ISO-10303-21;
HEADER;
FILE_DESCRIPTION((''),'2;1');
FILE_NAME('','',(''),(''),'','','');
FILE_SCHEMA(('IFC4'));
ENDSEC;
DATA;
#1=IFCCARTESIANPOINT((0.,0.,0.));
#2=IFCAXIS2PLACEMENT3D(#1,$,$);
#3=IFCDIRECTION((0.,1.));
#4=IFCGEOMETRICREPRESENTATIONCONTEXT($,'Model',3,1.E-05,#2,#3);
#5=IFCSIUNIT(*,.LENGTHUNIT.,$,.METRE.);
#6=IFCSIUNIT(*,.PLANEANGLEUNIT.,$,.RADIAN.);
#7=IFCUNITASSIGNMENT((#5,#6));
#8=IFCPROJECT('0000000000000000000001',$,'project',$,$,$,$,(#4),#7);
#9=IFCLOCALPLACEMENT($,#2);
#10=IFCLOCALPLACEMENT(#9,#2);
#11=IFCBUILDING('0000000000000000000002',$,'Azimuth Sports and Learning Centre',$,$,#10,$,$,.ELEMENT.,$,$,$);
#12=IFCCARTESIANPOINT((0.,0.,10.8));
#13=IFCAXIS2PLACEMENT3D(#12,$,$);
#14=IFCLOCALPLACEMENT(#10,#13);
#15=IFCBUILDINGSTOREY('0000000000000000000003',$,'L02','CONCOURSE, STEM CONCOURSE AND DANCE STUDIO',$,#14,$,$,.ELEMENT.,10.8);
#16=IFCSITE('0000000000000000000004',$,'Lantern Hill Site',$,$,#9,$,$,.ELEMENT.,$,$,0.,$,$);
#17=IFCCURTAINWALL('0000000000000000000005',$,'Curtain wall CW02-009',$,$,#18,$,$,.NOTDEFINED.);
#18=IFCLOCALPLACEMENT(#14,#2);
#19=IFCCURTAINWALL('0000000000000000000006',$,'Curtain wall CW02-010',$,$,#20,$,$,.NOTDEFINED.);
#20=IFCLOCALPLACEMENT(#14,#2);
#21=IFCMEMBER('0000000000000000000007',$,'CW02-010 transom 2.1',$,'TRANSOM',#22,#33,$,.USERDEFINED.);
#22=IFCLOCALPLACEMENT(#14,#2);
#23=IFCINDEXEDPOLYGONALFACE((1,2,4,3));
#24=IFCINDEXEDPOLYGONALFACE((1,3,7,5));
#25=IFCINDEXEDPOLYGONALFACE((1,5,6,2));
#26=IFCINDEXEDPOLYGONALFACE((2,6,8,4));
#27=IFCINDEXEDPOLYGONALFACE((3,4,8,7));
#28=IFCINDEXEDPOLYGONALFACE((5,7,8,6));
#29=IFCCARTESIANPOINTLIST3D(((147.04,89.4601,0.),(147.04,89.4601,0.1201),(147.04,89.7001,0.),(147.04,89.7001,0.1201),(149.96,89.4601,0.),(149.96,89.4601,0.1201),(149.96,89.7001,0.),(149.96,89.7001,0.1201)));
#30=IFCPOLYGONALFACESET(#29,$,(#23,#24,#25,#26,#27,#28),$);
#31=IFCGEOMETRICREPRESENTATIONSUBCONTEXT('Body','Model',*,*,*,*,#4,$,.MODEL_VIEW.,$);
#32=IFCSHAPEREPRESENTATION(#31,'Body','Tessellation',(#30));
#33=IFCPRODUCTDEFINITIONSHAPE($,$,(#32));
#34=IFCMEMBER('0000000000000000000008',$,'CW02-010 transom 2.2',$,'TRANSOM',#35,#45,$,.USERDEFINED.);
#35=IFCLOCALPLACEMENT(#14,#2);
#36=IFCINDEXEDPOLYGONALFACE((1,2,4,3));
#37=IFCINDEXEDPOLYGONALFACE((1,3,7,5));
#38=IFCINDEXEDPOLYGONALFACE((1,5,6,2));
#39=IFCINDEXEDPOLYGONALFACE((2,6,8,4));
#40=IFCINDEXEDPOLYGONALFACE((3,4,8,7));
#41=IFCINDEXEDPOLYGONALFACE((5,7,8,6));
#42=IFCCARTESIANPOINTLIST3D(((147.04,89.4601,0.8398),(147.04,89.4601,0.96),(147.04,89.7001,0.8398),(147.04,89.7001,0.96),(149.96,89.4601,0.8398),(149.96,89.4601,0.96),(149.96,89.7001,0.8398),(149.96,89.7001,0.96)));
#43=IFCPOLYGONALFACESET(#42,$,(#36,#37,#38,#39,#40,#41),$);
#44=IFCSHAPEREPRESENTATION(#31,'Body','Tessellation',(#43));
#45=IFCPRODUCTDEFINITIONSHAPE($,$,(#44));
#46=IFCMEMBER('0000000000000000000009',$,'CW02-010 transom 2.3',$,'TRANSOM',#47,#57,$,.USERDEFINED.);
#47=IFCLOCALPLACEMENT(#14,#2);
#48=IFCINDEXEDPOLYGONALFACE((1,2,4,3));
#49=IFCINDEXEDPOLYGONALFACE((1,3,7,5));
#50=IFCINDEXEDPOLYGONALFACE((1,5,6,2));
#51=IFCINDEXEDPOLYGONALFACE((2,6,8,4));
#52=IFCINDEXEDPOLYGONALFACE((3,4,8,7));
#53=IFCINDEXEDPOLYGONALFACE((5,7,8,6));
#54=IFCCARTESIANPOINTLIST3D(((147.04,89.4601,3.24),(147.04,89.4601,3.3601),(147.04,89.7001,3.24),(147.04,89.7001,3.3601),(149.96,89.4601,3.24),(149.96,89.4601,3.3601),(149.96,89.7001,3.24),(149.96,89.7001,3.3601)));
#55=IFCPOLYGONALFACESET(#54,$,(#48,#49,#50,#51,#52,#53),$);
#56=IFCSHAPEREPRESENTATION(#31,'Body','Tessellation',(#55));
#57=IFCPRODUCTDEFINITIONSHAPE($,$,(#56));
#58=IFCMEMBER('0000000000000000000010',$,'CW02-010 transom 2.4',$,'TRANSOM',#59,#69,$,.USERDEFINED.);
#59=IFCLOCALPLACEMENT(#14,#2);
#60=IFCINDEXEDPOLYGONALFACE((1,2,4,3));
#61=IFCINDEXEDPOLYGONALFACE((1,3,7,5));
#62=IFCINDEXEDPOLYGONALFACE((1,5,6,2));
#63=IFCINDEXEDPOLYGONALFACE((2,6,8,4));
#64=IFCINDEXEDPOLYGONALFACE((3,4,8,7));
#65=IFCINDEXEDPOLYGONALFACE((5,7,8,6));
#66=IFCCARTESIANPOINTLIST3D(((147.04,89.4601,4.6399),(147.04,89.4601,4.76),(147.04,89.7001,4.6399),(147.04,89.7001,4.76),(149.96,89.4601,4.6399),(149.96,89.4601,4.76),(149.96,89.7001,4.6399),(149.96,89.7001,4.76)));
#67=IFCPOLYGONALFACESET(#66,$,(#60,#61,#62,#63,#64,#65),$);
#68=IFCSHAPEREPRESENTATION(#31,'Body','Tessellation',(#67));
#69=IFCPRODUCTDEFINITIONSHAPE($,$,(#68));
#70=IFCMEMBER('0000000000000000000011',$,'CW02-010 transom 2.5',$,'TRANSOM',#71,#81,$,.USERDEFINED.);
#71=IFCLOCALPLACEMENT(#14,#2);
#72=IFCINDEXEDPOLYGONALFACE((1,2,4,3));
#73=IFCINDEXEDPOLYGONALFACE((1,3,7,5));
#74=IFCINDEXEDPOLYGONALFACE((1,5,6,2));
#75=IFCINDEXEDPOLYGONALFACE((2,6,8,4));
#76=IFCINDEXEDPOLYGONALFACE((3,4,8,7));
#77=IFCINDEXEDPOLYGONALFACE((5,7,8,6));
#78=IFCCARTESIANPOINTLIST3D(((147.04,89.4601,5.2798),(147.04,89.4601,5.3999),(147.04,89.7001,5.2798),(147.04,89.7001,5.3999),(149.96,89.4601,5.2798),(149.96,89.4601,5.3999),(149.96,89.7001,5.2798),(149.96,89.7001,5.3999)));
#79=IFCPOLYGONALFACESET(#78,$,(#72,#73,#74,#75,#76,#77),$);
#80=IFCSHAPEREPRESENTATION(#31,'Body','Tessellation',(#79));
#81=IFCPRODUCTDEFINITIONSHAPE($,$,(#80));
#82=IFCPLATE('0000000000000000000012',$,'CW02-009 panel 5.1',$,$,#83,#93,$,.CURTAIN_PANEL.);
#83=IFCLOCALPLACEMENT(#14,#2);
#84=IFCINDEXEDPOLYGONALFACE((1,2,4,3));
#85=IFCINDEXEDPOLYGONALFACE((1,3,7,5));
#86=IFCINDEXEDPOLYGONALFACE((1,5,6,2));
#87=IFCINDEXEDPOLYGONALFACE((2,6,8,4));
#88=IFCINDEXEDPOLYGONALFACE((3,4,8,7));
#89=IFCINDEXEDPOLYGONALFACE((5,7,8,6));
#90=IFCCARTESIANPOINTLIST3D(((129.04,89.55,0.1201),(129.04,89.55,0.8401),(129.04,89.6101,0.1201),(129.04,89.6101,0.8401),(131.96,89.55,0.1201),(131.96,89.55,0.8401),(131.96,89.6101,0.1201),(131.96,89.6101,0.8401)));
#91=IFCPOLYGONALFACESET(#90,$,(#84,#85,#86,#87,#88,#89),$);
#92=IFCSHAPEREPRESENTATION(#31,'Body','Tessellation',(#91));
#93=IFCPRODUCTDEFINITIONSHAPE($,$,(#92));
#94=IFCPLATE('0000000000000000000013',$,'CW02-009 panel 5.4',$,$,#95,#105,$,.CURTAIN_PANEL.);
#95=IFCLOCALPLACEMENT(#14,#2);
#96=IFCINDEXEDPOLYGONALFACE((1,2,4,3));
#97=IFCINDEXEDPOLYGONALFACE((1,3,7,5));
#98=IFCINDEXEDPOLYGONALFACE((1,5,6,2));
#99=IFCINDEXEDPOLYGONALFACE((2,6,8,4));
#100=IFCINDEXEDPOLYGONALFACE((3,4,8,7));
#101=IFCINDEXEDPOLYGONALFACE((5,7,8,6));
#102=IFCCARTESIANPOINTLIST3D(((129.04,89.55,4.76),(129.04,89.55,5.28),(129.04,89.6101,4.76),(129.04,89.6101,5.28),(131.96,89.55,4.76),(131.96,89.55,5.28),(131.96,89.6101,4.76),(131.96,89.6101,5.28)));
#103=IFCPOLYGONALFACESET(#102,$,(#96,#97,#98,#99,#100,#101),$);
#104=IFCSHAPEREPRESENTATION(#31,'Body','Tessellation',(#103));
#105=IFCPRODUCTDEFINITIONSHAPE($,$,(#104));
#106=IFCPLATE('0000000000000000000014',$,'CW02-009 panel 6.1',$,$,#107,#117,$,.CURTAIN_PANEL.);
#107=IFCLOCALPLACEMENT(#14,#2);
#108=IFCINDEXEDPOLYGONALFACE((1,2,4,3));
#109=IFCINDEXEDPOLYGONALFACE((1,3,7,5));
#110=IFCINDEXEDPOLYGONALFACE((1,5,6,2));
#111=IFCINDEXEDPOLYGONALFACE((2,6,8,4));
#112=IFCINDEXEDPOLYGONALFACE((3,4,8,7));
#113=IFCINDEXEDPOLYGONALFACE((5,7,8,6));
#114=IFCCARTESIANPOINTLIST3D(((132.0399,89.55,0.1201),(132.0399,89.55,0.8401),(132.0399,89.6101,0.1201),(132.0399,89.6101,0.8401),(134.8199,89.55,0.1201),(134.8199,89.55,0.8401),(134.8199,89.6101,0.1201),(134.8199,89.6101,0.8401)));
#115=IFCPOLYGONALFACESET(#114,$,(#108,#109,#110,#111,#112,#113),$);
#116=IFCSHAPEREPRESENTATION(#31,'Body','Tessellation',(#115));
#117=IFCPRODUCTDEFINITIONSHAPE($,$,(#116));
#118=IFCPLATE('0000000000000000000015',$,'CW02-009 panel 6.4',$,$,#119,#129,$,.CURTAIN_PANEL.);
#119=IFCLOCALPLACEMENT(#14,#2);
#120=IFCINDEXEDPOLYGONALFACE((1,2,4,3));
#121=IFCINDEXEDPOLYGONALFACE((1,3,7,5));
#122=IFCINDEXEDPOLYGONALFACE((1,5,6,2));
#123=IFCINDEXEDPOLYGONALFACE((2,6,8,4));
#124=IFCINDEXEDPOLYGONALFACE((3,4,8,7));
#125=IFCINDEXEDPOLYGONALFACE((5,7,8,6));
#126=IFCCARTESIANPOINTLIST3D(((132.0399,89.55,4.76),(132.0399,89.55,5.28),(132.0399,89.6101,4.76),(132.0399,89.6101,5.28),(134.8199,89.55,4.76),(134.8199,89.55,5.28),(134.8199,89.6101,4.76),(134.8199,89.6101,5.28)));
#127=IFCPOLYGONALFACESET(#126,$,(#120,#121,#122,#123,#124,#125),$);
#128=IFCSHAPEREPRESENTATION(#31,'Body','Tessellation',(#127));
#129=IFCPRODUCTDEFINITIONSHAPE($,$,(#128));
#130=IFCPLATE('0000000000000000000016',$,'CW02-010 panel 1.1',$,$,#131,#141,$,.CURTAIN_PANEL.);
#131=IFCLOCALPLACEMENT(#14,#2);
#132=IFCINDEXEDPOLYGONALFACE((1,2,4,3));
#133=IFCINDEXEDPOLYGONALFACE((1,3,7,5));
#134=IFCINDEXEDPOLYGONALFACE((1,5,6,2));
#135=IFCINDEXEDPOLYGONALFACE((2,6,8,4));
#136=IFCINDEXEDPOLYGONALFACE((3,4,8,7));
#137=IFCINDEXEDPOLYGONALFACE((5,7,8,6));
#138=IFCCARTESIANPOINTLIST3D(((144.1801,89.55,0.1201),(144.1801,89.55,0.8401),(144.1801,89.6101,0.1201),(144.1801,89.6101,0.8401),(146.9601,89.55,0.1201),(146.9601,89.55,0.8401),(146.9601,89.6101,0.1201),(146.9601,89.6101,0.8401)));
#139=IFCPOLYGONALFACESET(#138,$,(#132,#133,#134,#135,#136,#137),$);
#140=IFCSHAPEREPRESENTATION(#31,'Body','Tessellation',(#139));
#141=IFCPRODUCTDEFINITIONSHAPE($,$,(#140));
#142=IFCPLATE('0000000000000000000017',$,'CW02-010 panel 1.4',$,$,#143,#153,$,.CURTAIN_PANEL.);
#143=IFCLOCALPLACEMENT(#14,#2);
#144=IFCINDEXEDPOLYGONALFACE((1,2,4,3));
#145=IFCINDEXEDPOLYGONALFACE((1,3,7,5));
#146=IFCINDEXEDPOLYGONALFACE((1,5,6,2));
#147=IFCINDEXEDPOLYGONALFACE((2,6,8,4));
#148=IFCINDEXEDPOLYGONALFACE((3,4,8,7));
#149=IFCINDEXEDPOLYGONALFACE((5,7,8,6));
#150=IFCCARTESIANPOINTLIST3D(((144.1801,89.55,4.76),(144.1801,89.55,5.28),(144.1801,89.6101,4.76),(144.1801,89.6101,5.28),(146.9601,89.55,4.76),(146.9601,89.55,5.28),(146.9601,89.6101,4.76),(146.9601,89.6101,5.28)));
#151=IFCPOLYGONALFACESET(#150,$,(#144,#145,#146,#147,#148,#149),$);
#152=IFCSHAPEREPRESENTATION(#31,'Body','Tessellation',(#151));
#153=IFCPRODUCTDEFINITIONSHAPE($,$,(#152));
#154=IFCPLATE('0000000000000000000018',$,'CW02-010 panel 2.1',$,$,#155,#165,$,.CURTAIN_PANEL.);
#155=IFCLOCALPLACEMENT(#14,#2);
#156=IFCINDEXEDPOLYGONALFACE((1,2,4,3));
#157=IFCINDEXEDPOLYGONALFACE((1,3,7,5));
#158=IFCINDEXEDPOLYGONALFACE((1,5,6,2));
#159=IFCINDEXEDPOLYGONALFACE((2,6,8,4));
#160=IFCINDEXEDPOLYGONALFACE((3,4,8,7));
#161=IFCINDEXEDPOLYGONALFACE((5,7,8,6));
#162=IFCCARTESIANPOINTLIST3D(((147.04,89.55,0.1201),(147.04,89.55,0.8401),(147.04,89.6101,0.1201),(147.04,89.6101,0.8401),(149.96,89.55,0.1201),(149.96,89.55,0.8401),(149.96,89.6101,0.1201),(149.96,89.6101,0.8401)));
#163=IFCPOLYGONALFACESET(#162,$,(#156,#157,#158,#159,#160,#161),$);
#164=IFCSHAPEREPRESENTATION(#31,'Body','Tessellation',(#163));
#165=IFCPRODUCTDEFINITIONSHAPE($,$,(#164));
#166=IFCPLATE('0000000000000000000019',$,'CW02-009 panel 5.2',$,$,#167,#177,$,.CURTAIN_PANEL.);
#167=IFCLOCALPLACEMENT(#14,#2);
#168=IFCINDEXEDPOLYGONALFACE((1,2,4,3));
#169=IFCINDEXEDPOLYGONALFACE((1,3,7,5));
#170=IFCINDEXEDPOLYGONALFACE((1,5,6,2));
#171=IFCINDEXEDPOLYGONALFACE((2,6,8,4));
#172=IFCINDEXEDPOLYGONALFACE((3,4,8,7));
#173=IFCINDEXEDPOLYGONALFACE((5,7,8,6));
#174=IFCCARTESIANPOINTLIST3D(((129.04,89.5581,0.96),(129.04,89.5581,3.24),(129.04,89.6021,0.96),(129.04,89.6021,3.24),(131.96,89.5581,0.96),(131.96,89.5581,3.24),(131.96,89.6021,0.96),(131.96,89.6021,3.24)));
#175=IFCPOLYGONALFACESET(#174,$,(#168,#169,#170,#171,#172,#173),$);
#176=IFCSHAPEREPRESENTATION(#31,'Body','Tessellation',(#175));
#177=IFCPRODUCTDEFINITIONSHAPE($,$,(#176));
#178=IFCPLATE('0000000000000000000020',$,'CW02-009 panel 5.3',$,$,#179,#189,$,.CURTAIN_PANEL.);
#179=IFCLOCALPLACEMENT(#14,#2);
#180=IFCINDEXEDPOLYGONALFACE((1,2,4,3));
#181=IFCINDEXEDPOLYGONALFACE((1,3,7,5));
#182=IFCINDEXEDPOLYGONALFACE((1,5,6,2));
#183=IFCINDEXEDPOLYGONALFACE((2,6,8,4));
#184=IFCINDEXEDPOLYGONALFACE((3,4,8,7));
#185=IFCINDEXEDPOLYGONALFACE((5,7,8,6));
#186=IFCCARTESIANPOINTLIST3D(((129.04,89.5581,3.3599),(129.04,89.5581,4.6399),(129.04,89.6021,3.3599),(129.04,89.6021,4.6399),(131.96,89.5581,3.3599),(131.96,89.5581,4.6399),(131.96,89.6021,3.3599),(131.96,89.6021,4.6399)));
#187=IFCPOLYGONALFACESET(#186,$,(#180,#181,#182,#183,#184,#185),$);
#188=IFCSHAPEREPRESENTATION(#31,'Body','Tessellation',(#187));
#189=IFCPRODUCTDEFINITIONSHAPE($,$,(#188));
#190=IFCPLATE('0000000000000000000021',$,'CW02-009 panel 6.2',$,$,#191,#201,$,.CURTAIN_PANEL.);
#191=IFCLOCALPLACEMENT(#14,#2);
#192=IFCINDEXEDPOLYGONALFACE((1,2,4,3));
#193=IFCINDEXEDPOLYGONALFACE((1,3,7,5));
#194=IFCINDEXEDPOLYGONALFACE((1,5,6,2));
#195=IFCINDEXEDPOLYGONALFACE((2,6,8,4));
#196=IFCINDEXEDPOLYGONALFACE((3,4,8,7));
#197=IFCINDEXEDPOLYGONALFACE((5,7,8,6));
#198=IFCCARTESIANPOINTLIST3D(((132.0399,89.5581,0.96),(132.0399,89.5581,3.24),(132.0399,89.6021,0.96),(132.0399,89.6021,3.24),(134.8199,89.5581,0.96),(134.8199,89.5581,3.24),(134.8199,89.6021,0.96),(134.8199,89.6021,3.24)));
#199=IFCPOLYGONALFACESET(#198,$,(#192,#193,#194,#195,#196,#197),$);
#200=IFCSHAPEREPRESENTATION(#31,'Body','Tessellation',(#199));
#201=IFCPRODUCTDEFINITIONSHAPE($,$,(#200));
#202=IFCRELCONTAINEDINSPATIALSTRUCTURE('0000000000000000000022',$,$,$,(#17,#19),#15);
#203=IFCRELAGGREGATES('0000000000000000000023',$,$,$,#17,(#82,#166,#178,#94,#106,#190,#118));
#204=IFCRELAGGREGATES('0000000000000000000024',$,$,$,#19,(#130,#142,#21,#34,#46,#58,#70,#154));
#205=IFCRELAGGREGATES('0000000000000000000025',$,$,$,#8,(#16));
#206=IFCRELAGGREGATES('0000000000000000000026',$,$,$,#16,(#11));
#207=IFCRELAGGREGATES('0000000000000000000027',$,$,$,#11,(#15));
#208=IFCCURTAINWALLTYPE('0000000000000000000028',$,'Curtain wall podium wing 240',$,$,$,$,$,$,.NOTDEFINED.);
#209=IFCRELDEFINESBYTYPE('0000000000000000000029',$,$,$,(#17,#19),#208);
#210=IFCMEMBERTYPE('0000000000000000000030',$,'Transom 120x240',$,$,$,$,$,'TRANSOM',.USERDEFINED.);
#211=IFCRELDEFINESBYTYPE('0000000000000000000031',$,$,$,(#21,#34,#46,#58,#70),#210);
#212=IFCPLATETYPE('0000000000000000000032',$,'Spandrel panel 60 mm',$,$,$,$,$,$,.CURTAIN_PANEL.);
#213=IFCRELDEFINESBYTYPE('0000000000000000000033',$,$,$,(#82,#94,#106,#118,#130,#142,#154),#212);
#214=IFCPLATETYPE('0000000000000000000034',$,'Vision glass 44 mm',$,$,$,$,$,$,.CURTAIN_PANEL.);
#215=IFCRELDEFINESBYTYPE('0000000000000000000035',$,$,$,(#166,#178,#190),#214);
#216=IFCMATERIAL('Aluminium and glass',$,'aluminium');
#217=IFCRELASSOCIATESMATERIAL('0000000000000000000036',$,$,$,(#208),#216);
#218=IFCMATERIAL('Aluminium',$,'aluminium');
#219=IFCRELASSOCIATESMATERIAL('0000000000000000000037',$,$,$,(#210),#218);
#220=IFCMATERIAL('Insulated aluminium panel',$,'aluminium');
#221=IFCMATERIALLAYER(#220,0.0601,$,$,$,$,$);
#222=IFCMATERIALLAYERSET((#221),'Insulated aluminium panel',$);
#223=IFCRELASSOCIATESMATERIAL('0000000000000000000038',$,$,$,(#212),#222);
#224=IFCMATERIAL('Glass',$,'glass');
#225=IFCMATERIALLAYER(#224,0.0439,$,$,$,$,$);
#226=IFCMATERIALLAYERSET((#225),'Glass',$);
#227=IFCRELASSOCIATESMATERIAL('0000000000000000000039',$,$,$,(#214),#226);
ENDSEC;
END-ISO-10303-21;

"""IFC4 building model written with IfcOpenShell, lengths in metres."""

from ifc_helpers import new_model, si_unit, direction, frame, origin, origin_2d, place, context, subcontext, project, spatial, rectangle, extrude, material, layer, layer_set, material_profile, profile_set, type_object, element, aggregate, save


model = new_model("IFC4")

# Units and contexts
model_context = context("Model", 3, precision=1e-05, world=origin(), true_north=direction((0.0, 1.0)))
body_context = subcontext(model_context, "Body", "Model", "MODEL_VIEW")
ifc_project = project(units=[si_unit("LENGTHUNIT", "METRE"), si_unit("PLANEANGLEUNIT", "RADIAN")], contexts=[model_context])

# Site, building, storey
site_placement = place(None, origin())
site = spatial("IfcSite", under=ifc_project, at=site_placement, Name="Lantern Hill Site", CompositionType="ELEMENT", RefElevation=0.0)
building_placement = place(site_placement, origin())
building = spatial("IfcBuilding", under=site, at=building_placement, Name="Azimuth Sports and Learning Centre", CompositionType="ELEMENT")
storey_placement = place(building_placement, frame((0.0, 0.0, 10.8)))
storey = spatial("IfcBuildingStorey", under=building, at=storey_placement, Name="L02", Description="CONCOURSE, STEM CONCOURSE AND DANCE STUDIO", CompositionType="ELEMENT", Elevation=10.8)

# Curtain walls
ifc_material_1 = material(Name="Aluminium and glass", Category="aluminium")
curtain_wall_type = type_object("IfcCurtainWallType", Name="Curtain wall podium wing 240", PredefinedType="NOTDEFINED", material=ifc_material_1)
curtain_wall_1_placement = place(storey_placement, origin())
curtain_wall_1 = element("IfcCurtainWall", 1, at=curtain_wall_1_placement, inside=storey, type_object=curtain_wall_type, Name="Curtain wall CW02-009", PredefinedType="NOTDEFINED")
curtain_wall_2_placement = place(storey_placement, origin())
curtain_wall_2 = element("IfcCurtainWall", 2, at=curtain_wall_2_placement, inside=storey, type_object=curtain_wall_type, Name="Curtain wall CW02-010", PredefinedType="NOTDEFINED")

# Members
ifc_material_2 = material(Name="Aluminium", Category="aluminium")
ifc_material_profile_1 = material_profile(ifc_material_2, rectangle(XDim=0.24, YDim=0.1201, at=origin_2d()), Name="Transom 120x240")
ifc_profile_set_1 = profile_set([ifc_material_profile_1], Name="Aluminium")
member_type_1 = type_object("IfcMemberType", Name="Transom 120x240", ElementType="TRANSOM", PredefinedType="USERDEFINED", material=ifc_profile_set_1)
member_1_placement = place(storey_placement, frame((147.04, 89.5801, 0.0601), z_axis=(1.0, 0.0, 0.0), x_axis=(0.0, 1.0, 0.0)))
member_1 = element("IfcMember", 3, at=member_1_placement, type_object=member_type_1, Name="CW02-010 transom 2.1", ObjectType="TRANSOM", PredefinedType="USERDEFINED", context=body_context, shape_type="SweptSolid", body=[
    extrude(rectangle(XDim=0.24, YDim=0.1201, at=origin_2d()), origin(), (0.0, 0.0, 1.0), 2.9199),
])
member_2_placement = place(storey_placement, frame((147.04, 89.5801, 0.8999), z_axis=(1.0, 0.0, 0.0), x_axis=(0.0, 1.0, 0.0)))
member_2 = element("IfcMember", 4, at=member_2_placement, type_object=member_type_1, Name="CW02-010 transom 2.2", ObjectType="TRANSOM", PredefinedType="USERDEFINED", context=body_context, shape_type="SweptSolid", body=[
    extrude(rectangle(XDim=0.24, YDim=0.1201, at=origin_2d()), origin(), (0.0, 0.0, 1.0), 2.9199),
])
member_3_placement = place(storey_placement, frame((147.04, 89.5801, 3.3), z_axis=(1.0, 0.0, 0.0), x_axis=(0.0, 1.0, 0.0)))
member_3 = element("IfcMember", 5, at=member_3_placement, type_object=member_type_1, Name="CW02-010 transom 2.3", ObjectType="TRANSOM", PredefinedType="USERDEFINED", context=body_context, shape_type="SweptSolid", body=[
    extrude(rectangle(XDim=0.24, YDim=0.1201, at=origin_2d()), origin(), (0.0, 0.0, 1.0), 2.9199),
])
member_4_placement = place(storey_placement, frame((147.04, 89.5801, 4.7), z_axis=(1.0, 0.0, 0.0), x_axis=(0.0, 1.0, 0.0)))
member_4 = element("IfcMember", 6, at=member_4_placement, type_object=member_type_1, Name="CW02-010 transom 2.4", ObjectType="TRANSOM", PredefinedType="USERDEFINED", context=body_context, shape_type="SweptSolid", body=[
    extrude(rectangle(XDim=0.24, YDim=0.1201, at=origin_2d()), origin(), (0.0, 0.0, 1.0), 2.9199),
])
member_5_placement = place(storey_placement, frame((147.04, 89.5801, 5.3398), z_axis=(1.0, 0.0, 0.0), x_axis=(0.0, 1.0, 0.0)))
member_5 = element("IfcMember", 7, at=member_5_placement, type_object=member_type_1, Name="CW02-010 transom 2.5", ObjectType="TRANSOM", PredefinedType="USERDEFINED", context=body_context, shape_type="SweptSolid", body=[
    extrude(rectangle(XDim=0.24, YDim=0.1201, at=origin_2d()), origin(), (0.0, 0.0, 1.0), 2.9199),
])

# Plates
ifc_material_3 = material(Name="Insulated aluminium panel", Category="aluminium")
ifc_layer_1 = layer(ifc_material_3, 0.0601)
ifc_layer_set_1 = layer_set([ifc_layer_1], Name="Insulated aluminium panel")
plate_type_1 = type_object("IfcPlateType", Name="Spandrel panel 60 mm", PredefinedType="CURTAIN_PANEL", material=ifc_layer_set_1)
plate_1_placement = place(storey_placement, frame((130.5, 89.5801, 0.1201), z_axis=(0.0, 0.0, 1.0), x_axis=(1.0, 0.0, 0.0)))
plate_1 = element("IfcPlate", 8, at=plate_1_placement, type_object=plate_type_1, Name="CW02-009 panel 5.1", PredefinedType="CURTAIN_PANEL", context=body_context, shape_type="SweptSolid", body=[
    extrude(rectangle(XDim=2.9199, YDim=0.0601, at=origin_2d()), origin(), (0.0, 0.0, 1.0), 0.72),
])
plate_2_placement = place(storey_placement, frame((130.5, 89.5801, 4.76), z_axis=(0.0, 0.0, 1.0), x_axis=(1.0, 0.0, 0.0)))
plate_2 = element("IfcPlate", 9, at=plate_2_placement, type_object=plate_type_1, Name="CW02-009 panel 5.4", PredefinedType="CURTAIN_PANEL", context=body_context, shape_type="SweptSolid", body=[
    extrude(rectangle(XDim=2.9199, YDim=0.0601, at=origin_2d()), origin(), (0.0, 0.0, 1.0), 0.52),
])
plate_3_placement = place(storey_placement, frame((133.4299, 89.5801, 0.1201), z_axis=(0.0, 0.0, 1.0), x_axis=(1.0, 0.0, 0.0)))
plate_3 = element("IfcPlate", 10, at=plate_3_placement, type_object=plate_type_1, Name="CW02-009 panel 6.1", PredefinedType="CURTAIN_PANEL", context=body_context, shape_type="SweptSolid", body=[
    extrude(rectangle(XDim=2.78, YDim=0.0601, at=origin_2d()), origin(), (0.0, 0.0, 1.0), 0.72),
])
plate_4_placement = place(storey_placement, frame((133.4299, 89.5801, 4.76), z_axis=(0.0, 0.0, 1.0), x_axis=(1.0, 0.0, 0.0)))
plate_4 = element("IfcPlate", 11, at=plate_4_placement, type_object=plate_type_1, Name="CW02-009 panel 6.4", PredefinedType="CURTAIN_PANEL", context=body_context, shape_type="SweptSolid", body=[
    extrude(rectangle(XDim=2.78, YDim=0.0601, at=origin_2d()), origin(), (0.0, 0.0, 1.0), 0.52),
])
plate_5_placement = place(storey_placement, frame((145.5701, 89.5801, 0.1201), z_axis=(0.0, 0.0, 1.0), x_axis=(1.0, 0.0, 0.0)))
plate_5 = element("IfcPlate", 12, at=plate_5_placement, type_object=plate_type_1, Name="CW02-010 panel 1.1", PredefinedType="CURTAIN_PANEL", context=body_context, shape_type="SweptSolid", body=[
    extrude(rectangle(XDim=2.78, YDim=0.0601, at=origin_2d()), origin(), (0.0, 0.0, 1.0), 0.72),
])
plate_6_placement = place(storey_placement, frame((145.5701, 89.5801, 4.76), z_axis=(0.0, 0.0, 1.0), x_axis=(1.0, 0.0, 0.0)))
plate_6 = element("IfcPlate", 13, at=plate_6_placement, type_object=plate_type_1, Name="CW02-010 panel 1.4", PredefinedType="CURTAIN_PANEL", context=body_context, shape_type="SweptSolid", body=[
    extrude(rectangle(XDim=2.78, YDim=0.0601, at=origin_2d()), origin(), (0.0, 0.0, 1.0), 0.52),
])
plate_7_placement = place(storey_placement, frame((148.5, 89.5801, 0.1201), z_axis=(0.0, 0.0, 1.0), x_axis=(1.0, 0.0, 0.0)))
plate_7 = element("IfcPlate", 14, at=plate_7_placement, type_object=plate_type_1, Name="CW02-010 panel 2.1", PredefinedType="CURTAIN_PANEL", context=body_context, shape_type="SweptSolid", body=[
    extrude(rectangle(XDim=2.9199, YDim=0.0601, at=origin_2d()), origin(), (0.0, 0.0, 1.0), 0.72),
])
ifc_material_4 = material(Name="Glass", Category="glass")
ifc_layer_2 = layer(ifc_material_4, 0.0439)
ifc_layer_set_2 = layer_set([ifc_layer_2], Name="Glass")
plate_type_2 = type_object("IfcPlateType", Name="Vision glass 44 mm", PredefinedType="CURTAIN_PANEL", material=ifc_layer_set_2)
plate_8_placement = place(storey_placement, frame((130.5, 89.5801, 0.96), z_axis=(0.0, 0.0, 1.0), x_axis=(1.0, 0.0, 0.0)))
plate_8 = element("IfcPlate", 15, at=plate_8_placement, type_object=plate_type_2, Name="CW02-009 panel 5.2", PredefinedType="CURTAIN_PANEL", context=body_context, shape_type="SweptSolid", body=[
    extrude(rectangle(XDim=2.9199, YDim=0.0439, at=origin_2d()), origin(), (0.0, 0.0, 1.0), 2.28),
])
plate_9_placement = place(storey_placement, frame((130.5, 89.5801, 3.3599), z_axis=(0.0, 0.0, 1.0), x_axis=(1.0, 0.0, 0.0)))
plate_9 = element("IfcPlate", 16, at=plate_9_placement, type_object=plate_type_2, Name="CW02-009 panel 5.3", PredefinedType="CURTAIN_PANEL", context=body_context, shape_type="SweptSolid", body=[
    extrude(rectangle(XDim=2.9199, YDim=0.0439, at=origin_2d()), origin(), (0.0, 0.0, 1.0), 1.28),
])
plate_10_placement = place(storey_placement, frame((133.4299, 89.5801, 0.96), z_axis=(0.0, 0.0, 1.0), x_axis=(1.0, 0.0, 0.0)))
plate_10 = element("IfcPlate", 17, at=plate_10_placement, type_object=plate_type_2, Name="CW02-009 panel 6.2", PredefinedType="CURTAIN_PANEL", context=body_context, shape_type="SweptSolid", body=[
    extrude(rectangle(XDim=2.78, YDim=0.0439, at=origin_2d()), origin(), (0.0, 0.0, 1.0), 2.28),
])
aggregate(curtain_wall_1, [plate_1, plate_8, plate_9, plate_2, plate_3, plate_10, plate_4])
aggregate(curtain_wall_2, [plate_5, plate_6, member_1, member_2, member_3, member_4, member_5, plate_7])

save(model, "model.ifc")
